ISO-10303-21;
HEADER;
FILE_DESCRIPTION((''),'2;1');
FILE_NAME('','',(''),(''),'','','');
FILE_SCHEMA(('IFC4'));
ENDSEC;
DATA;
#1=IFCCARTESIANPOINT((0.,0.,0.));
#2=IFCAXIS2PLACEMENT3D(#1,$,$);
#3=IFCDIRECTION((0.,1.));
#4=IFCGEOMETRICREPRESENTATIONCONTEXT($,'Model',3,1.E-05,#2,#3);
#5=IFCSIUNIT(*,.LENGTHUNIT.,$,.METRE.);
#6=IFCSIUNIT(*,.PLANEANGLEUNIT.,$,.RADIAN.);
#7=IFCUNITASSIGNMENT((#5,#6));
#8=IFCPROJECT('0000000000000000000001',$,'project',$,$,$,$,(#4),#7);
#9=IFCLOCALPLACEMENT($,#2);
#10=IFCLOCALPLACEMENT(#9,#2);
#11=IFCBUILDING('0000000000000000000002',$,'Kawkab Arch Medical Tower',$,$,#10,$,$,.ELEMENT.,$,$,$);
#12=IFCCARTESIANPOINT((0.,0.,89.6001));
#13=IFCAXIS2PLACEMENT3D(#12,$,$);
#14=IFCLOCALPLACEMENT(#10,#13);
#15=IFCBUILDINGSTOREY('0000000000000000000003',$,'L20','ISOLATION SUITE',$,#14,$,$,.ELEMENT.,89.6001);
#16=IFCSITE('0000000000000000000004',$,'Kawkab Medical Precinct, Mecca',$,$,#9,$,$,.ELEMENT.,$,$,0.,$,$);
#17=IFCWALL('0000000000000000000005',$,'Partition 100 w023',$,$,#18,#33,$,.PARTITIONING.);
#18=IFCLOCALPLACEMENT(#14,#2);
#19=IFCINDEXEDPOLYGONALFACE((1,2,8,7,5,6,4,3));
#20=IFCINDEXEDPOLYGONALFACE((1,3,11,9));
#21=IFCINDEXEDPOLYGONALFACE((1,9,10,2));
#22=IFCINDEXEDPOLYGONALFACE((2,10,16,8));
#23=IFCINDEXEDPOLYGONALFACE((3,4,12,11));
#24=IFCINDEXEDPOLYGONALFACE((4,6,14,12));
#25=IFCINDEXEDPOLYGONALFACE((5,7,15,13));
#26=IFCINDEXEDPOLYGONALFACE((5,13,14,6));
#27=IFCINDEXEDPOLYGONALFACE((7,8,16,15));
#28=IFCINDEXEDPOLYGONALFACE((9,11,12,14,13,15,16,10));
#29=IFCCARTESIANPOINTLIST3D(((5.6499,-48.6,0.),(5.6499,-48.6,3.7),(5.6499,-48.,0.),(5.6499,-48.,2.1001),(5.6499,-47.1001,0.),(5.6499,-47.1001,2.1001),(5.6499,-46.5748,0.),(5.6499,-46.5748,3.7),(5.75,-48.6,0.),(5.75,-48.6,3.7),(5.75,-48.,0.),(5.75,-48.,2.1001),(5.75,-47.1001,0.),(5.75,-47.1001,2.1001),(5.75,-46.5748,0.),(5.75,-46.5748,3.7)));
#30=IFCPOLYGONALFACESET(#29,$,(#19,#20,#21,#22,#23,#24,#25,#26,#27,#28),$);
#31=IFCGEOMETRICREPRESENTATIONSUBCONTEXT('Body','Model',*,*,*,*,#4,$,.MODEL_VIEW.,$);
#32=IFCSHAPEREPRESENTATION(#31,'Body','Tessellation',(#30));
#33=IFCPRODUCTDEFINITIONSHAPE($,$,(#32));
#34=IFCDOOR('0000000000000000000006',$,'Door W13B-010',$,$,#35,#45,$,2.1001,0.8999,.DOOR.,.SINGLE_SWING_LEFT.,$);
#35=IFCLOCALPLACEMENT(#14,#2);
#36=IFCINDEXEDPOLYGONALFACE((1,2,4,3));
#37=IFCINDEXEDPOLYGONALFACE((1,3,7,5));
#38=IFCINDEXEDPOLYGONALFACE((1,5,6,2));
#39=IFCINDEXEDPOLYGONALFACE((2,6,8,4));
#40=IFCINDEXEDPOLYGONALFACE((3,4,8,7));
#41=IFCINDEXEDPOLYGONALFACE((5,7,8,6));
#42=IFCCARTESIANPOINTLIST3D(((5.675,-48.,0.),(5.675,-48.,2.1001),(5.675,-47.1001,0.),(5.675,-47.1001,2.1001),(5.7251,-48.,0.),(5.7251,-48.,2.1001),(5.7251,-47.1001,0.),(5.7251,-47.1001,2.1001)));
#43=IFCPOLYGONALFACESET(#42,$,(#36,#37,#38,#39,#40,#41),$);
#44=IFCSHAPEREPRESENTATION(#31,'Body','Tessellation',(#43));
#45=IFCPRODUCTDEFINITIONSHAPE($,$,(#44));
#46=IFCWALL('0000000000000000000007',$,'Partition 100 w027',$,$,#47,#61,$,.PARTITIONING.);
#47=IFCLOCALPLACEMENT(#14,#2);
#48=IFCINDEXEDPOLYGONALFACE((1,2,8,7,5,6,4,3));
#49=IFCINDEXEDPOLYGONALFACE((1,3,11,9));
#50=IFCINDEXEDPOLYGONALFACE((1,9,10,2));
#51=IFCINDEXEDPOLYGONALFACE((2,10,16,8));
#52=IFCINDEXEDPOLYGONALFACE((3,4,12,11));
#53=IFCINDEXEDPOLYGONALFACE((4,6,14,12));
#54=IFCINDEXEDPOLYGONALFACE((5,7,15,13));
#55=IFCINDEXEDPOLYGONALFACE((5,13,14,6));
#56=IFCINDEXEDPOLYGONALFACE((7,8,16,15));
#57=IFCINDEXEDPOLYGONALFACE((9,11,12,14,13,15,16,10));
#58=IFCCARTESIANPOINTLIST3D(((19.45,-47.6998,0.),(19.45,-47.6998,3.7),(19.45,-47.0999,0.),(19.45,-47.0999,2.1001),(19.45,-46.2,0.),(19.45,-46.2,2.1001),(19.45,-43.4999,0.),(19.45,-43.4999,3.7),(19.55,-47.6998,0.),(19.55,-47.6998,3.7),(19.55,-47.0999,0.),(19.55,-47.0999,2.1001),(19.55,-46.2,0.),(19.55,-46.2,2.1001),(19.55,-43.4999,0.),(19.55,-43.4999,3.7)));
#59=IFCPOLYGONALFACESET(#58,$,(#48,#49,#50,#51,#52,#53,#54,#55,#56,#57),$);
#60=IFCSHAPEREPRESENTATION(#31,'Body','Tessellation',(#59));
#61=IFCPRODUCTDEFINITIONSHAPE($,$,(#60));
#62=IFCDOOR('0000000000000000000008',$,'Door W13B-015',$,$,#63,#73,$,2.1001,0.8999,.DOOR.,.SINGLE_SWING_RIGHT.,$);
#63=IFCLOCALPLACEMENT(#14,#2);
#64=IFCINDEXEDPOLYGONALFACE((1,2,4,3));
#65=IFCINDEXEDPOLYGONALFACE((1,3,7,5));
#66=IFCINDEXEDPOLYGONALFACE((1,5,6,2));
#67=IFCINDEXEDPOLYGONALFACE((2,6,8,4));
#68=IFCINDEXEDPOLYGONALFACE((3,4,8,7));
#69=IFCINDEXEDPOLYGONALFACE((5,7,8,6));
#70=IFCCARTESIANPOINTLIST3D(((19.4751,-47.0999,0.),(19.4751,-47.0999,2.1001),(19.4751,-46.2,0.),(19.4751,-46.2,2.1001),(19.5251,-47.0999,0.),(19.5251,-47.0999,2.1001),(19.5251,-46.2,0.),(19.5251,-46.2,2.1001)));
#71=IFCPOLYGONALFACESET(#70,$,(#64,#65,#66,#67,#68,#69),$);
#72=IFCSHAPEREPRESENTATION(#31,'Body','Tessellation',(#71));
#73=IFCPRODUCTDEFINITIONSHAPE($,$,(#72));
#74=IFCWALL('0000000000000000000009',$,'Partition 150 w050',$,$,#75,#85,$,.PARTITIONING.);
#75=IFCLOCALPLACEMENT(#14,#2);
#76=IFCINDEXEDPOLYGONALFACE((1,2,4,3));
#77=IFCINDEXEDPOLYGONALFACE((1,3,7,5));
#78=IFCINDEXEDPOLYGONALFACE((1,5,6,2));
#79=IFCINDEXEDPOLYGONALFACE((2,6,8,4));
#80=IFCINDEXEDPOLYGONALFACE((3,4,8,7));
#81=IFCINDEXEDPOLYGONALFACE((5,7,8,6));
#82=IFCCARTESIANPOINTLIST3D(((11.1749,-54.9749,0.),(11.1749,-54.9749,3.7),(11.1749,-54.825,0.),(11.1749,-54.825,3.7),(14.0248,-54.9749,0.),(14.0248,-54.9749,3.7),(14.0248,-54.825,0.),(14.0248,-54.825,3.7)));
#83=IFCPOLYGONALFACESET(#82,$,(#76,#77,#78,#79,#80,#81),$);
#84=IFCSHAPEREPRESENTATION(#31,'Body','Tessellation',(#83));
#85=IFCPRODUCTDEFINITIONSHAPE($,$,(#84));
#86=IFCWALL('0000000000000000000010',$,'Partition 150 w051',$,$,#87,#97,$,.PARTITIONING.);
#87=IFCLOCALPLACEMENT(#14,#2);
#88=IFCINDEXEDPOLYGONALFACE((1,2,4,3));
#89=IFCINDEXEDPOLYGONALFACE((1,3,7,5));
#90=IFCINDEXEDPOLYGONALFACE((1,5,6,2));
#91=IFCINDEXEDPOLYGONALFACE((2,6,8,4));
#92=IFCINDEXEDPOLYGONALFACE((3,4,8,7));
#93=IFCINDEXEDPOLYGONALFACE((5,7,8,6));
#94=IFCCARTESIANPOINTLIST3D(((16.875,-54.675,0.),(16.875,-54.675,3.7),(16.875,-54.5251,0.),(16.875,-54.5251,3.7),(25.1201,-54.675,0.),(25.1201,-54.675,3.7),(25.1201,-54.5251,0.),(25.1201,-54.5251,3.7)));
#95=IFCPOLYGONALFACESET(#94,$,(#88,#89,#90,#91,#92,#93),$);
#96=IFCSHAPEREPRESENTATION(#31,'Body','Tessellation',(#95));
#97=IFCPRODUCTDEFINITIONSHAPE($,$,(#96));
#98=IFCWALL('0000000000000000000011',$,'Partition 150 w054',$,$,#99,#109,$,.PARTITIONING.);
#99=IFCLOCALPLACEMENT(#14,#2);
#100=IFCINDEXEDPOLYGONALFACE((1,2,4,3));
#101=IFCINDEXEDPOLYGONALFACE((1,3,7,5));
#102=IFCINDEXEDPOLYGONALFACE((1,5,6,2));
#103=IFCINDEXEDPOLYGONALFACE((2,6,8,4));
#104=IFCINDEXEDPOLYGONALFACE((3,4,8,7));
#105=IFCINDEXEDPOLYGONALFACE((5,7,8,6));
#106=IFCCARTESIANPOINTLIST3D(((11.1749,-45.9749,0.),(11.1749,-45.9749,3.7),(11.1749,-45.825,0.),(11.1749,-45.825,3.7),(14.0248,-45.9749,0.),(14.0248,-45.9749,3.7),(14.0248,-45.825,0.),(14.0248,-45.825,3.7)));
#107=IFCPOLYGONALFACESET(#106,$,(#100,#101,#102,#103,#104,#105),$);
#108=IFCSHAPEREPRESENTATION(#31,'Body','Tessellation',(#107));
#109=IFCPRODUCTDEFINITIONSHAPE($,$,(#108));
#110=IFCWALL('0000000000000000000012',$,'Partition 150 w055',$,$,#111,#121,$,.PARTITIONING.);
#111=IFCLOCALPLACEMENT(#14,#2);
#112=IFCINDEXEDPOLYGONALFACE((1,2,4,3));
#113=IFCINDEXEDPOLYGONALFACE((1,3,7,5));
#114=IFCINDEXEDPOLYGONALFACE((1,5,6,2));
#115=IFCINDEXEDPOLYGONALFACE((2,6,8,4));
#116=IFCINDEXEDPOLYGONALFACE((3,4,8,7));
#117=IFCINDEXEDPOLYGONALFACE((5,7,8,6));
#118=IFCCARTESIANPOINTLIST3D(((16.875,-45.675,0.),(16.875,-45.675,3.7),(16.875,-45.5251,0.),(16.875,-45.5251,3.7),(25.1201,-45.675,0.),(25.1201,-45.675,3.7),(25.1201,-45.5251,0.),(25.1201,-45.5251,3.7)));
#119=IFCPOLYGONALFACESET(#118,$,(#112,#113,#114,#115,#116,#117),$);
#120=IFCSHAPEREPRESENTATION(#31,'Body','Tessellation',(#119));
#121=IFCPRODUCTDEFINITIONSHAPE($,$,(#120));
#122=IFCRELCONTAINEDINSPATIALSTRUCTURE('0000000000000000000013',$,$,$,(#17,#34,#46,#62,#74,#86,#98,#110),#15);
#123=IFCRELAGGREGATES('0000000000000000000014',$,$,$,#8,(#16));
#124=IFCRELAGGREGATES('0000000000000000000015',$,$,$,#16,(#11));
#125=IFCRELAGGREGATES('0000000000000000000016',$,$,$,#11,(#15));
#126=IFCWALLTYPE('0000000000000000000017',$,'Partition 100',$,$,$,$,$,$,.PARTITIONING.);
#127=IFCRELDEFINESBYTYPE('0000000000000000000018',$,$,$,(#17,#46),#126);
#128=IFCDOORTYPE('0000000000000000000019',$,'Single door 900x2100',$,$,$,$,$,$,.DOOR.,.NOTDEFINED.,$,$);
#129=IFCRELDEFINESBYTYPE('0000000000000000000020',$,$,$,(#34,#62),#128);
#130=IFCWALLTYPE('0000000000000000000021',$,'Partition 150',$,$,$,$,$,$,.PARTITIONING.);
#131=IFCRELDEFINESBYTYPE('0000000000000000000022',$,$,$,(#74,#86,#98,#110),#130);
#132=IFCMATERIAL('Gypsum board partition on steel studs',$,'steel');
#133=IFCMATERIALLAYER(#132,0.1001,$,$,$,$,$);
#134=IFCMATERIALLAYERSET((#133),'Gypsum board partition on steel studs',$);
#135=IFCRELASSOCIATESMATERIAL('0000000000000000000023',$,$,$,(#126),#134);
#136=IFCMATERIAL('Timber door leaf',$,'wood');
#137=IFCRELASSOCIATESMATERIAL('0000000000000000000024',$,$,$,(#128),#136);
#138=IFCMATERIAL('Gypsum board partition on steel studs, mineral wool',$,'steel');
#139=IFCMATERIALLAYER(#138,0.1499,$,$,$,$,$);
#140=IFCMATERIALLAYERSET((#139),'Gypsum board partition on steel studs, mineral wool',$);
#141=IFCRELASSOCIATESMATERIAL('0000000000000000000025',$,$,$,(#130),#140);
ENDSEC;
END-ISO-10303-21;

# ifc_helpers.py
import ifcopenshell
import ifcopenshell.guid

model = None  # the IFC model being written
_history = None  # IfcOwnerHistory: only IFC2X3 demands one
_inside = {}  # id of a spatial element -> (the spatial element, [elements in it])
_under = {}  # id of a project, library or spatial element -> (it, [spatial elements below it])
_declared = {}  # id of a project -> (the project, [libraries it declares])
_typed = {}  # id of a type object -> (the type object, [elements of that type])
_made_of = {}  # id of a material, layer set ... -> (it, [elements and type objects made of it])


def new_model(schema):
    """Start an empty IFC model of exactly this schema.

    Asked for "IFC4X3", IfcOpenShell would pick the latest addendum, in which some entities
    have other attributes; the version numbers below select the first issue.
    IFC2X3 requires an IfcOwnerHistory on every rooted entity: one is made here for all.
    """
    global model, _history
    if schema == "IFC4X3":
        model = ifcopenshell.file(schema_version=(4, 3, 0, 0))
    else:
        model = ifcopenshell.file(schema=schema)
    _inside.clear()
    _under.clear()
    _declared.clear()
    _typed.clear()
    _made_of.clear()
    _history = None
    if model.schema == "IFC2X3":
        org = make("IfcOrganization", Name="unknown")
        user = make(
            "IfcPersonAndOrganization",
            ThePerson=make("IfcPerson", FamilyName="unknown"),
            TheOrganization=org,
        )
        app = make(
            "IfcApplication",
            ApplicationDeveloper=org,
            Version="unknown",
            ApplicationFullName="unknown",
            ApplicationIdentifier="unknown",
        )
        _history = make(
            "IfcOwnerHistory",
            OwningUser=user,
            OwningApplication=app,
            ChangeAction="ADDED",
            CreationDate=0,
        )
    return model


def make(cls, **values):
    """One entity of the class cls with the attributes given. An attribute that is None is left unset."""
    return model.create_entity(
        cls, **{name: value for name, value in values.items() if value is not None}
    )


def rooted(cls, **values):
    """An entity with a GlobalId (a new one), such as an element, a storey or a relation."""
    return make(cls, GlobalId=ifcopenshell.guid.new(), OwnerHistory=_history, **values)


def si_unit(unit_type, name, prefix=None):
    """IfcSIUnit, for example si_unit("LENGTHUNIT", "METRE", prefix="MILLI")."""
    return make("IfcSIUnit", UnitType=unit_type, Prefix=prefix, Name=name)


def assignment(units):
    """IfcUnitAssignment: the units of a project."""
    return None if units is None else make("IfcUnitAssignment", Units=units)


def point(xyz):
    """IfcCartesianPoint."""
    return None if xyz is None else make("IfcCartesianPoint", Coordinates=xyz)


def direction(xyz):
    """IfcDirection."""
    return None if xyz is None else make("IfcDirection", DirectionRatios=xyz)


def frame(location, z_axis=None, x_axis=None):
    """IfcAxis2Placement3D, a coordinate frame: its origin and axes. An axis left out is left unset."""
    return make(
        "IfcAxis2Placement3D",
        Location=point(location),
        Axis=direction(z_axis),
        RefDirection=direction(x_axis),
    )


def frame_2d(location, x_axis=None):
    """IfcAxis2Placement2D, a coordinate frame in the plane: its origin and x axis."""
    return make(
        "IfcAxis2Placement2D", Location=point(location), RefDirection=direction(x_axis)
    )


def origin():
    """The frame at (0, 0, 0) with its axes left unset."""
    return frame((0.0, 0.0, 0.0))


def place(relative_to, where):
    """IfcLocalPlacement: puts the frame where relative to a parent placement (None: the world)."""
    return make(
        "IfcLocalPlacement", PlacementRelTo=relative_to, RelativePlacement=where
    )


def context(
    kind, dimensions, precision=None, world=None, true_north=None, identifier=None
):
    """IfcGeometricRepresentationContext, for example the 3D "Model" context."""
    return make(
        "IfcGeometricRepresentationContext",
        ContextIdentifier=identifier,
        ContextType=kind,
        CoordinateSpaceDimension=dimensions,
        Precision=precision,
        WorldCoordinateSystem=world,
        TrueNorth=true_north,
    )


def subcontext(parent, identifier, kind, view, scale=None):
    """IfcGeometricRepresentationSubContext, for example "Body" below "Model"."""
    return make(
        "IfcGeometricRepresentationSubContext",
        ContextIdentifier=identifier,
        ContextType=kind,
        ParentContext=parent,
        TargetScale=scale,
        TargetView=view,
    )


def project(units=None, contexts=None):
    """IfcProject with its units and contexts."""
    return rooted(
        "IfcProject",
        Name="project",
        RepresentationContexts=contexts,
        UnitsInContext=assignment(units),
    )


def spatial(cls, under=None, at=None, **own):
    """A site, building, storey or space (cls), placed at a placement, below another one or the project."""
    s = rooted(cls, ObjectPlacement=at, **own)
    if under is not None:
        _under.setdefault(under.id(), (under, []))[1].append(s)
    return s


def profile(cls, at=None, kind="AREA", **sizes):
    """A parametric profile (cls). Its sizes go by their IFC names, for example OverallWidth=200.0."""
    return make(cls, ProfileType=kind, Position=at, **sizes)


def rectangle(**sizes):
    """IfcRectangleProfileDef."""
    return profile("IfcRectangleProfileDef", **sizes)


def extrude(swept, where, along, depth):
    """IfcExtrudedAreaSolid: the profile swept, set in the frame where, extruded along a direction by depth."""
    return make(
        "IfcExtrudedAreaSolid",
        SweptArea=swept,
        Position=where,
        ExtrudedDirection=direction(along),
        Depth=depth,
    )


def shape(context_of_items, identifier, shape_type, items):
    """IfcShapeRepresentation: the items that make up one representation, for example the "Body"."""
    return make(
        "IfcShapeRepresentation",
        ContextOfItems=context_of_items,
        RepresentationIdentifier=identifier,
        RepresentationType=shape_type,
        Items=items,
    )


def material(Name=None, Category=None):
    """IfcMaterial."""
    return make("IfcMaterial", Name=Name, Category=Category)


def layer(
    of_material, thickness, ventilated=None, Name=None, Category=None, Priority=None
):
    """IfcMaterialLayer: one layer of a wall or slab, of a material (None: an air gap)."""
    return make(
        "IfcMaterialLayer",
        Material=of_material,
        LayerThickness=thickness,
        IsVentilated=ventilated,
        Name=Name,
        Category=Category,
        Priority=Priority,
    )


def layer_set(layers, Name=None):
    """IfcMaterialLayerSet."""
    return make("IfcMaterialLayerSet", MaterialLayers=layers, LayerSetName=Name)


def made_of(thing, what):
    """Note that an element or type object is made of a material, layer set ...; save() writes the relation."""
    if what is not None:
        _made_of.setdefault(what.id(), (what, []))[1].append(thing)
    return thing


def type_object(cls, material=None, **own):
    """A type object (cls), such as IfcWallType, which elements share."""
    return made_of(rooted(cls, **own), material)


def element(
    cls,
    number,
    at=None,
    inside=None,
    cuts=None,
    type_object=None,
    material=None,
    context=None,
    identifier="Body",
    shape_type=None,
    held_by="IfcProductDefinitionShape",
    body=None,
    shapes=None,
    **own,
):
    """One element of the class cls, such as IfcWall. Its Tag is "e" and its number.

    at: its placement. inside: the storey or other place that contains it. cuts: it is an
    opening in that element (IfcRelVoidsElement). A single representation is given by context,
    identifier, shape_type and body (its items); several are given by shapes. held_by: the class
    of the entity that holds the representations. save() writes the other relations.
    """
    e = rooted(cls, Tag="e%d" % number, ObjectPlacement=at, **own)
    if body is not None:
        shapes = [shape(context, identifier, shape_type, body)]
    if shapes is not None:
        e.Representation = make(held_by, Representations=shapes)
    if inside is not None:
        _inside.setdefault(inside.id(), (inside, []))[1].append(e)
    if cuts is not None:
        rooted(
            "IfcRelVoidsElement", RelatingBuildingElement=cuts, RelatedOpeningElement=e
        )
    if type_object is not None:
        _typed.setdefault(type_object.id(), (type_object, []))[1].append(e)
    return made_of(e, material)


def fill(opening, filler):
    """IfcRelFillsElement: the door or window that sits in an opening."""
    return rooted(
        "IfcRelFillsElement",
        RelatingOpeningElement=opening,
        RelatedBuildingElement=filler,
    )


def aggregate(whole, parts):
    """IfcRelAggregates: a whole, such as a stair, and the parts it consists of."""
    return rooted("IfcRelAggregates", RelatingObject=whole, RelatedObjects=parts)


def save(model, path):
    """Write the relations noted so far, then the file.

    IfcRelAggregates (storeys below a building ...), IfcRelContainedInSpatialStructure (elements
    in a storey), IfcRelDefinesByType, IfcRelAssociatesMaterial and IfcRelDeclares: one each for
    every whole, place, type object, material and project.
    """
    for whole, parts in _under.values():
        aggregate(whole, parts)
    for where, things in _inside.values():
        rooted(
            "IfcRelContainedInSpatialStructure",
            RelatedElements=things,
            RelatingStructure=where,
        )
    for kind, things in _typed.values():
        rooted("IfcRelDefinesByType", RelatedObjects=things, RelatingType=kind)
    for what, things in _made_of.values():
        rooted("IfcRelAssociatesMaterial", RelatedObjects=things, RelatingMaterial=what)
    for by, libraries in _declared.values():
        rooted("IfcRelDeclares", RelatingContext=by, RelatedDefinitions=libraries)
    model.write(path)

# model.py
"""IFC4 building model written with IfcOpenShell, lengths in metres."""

from ifc_helpers import new_model, si_unit, direction, frame, frame_2d, origin, place, context, subcontext, project, spatial, rectangle, extrude, material, layer, layer_set, type_object, element, fill, save


model = new_model("IFC4")

# Units and contexts
model_context = context("Model", 3, precision=1e-05, world=origin(), true_north=direction((0.0, 1.0)))
body_context = subcontext(model_context, "Body", "Model", "MODEL_VIEW")
ifc_project = project(units=[si_unit("LENGTHUNIT", "METRE"), si_unit("PLANEANGLEUNIT", "RADIAN")], contexts=[model_context])

# Site, building, storey
site_placement = place(None, origin())
site = spatial("IfcSite", under=ifc_project, at=site_placement, Name="Kawkab Medical Precinct, Mecca", CompositionType="ELEMENT", RefElevation=0.0)
building_placement = place(site_placement, origin())
building = spatial("IfcBuilding", under=site, at=building_placement, Name="Kawkab Arch Medical Tower", CompositionType="ELEMENT")
storey_placement = place(building_placement, frame((0.0, 0.0, 89.6001)))
storey = spatial("IfcBuildingStorey", under=building, at=storey_placement, Name="L20", Description="ISOLATION SUITE", CompositionType="ELEMENT", Elevation=89.6001)

# Shared definitions
ifc_material_1 = material(Name="Gypsum board partition on steel studs", Category="steel")
ifc_layer_1 = layer(ifc_material_1, 0.1001)
ifc_layer_set_1 = layer_set([ifc_layer_1], Name="Gypsum board partition on steel studs")
wall_type_1 = type_object("IfcWallType", Name="Partition 100", PredefinedType="PARTITIONING", material=ifc_layer_set_1)

# Walls, openings, doors
wall_1_placement = place(storey_placement, frame((5.7, -48.6001, 0.0), z_axis=(0.0, 0.0, 1.0), x_axis=(0.0, 1.0, 0.0)))
wall_1 = element("IfcWall", 1, at=wall_1_placement, inside=storey, type_object=wall_type_1, Name="Partition 100 w023", PredefinedType="PARTITIONING", context=body_context, shape_type="SweptSolid", body=[
    extrude(rectangle(XDim=2.0251, YDim=0.1001, at=frame_2d((1.0127, 0.0))), origin(), (0.0, 0.0, 1.0), 3.7),
])
opening_1_placement = place(wall_1_placement, frame((0.6001, 0.0, 0.0)))
opening_1 = element("IfcOpeningElement", 2, at=opening_1_placement, cuts=wall_1, PredefinedType="OPENING", context=body_context, shape_type="SweptSolid", body=[
    extrude(rectangle(XDim=0.8999, YDim=2.1001, at=frame_2d((0.45, 1.05))), frame((0.0, 0.0601, 0.0), z_axis=(0.0, -1.0, 0.0), x_axis=(1.0, 0.0, 0.0)), (0.0, 0.0, 1.0), 0.1201),
])
ifc_material_2 = material(Name="Timber door leaf", Category="wood")
door_type_1 = type_object("IfcDoorType", Name="Single door 900x2100", OperationType="NOTDEFINED", PredefinedType="DOOR", material=ifc_material_2)
door_1_placement = place(opening_1_placement, origin())
door_1 = element("IfcDoor", 3, at=door_1_placement, inside=storey, type_object=door_type_1, Name="Door W13B-010", OperationType="SINGLE_SWING_LEFT", OverallHeight=2.1001, OverallWidth=0.8999, PredefinedType="DOOR", context=body_context, shape_type="SweptSolid", body=[
    extrude(rectangle(XDim=0.8999, YDim=2.1001, at=frame_2d((0.45, 1.05))), frame((0.0, 0.0249, 0.0), z_axis=(0.0, -1.0, 0.0), x_axis=(1.0, 0.0, 0.0)), (0.0, 0.0, 1.0), 0.05),
])
fill(opening_1, door_1)
wall_2_placement = place(storey_placement, frame((19.5, -47.7, 0.0), z_axis=(0.0, 0.0, 1.0), x_axis=(0.0, 1.0, 0.0)))
wall_2 = element("IfcWall", 4, at=wall_2_placement, inside=storey, type_object=wall_type_1, Name="Partition 100 w027", PredefinedType="PARTITIONING", context=body_context, shape_type="SweptSolid", body=[
    extrude(rectangle(XDim=4.2, YDim=0.1001, at=frame_2d((2.1001, 0.0))), origin(), (0.0, 0.0, 1.0), 3.7),
])
opening_2_placement = place(wall_2_placement, frame((0.6001, 0.0, 0.0)))
opening_2 = element("IfcOpeningElement", 5, at=opening_2_placement, cuts=wall_2, PredefinedType="OPENING", context=body_context, shape_type="SweptSolid", body=[
    extrude(rectangle(XDim=0.8999, YDim=2.1001, at=frame_2d((0.45, 1.05))), frame((0.0, 0.0601, 0.0), z_axis=(0.0, -1.0, 0.0), x_axis=(1.0, 0.0, 0.0)), (0.0, 0.0, 1.0), 0.1201),
])
door_2_placement = place(opening_2_placement, origin())
door_2 = element("IfcDoor", 6, at=door_2_placement, inside=storey, type_object=door_type_1, Name="Door W13B-015", OperationType="SINGLE_SWING_RIGHT", OverallHeight=2.1001, OverallWidth=0.8999, PredefinedType="DOOR", context=body_context, shape_type="SweptSolid", body=[
    extrude(rectangle(XDim=0.8999, YDim=2.1001, at=frame_2d((0.45, 1.05))), frame((0.0, 0.0249, 0.0), z_axis=(0.0, -1.0, 0.0), x_axis=(1.0, 0.0, 0.0)), (0.0, 0.0, 1.0), 0.05),
])
fill(opening_2, door_2)

# Walls
ifc_material_3 = material(Name="Gypsum board partition on steel studs, mineral wool", Category="steel")
ifc_layer_2 = layer(ifc_material_3, 0.1499)
ifc_layer_set_2 = layer_set([ifc_layer_2], Name="Gypsum board partition on steel studs, mineral wool")
wall_type_2 = type_object("IfcWallType", Name="Partition 150", PredefinedType="PARTITIONING", material=ifc_layer_set_2)
wall_3_placement = place(storey_placement, frame((11.175, -54.8999, 0.0), z_axis=(0.0, 0.0, 1.0), x_axis=(1.0, 0.0, 0.0)))
element("IfcWall", 7, at=wall_3_placement, inside=storey, type_object=wall_type_2, Name="Partition 150 w050", PredefinedType="PARTITIONING", context=body_context, shape_type="SweptSolid", body=[
    extrude(rectangle(XDim=2.8499, YDim=0.1499, at=frame_2d((1.4248, 0.0))), origin(), (0.0, 0.0, 1.0), 3.7),
])
wall_4_placement = place(storey_placement, frame((16.875, -54.6001, 0.0), z_axis=(0.0, 0.0, 1.0), x_axis=(1.0, 0.0, 0.0)))
element("IfcWall", 8, at=wall_4_placement, inside=storey, type_object=wall_type_2, Name="Partition 150 w051", PredefinedType="PARTITIONING", context=body_context, shape_type="SweptSolid", body=[
    extrude(rectangle(XDim=8.2451, YDim=0.1499, at=frame_2d((4.1226, 0.0))), origin(), (0.0, 0.0, 1.0), 3.7),
])
wall_5_placement = place(storey_placement, frame((11.175, -45.8999, 0.0), z_axis=(0.0, 0.0, 1.0), x_axis=(1.0, 0.0, 0.0)))
element("IfcWall", 9, at=wall_5_placement, inside=storey, type_object=wall_type_2, Name="Partition 150 w054", PredefinedType="PARTITIONING", context=body_context, shape_type="SweptSolid", body=[
    extrude(rectangle(XDim=2.8499, YDim=0.1499, at=frame_2d((1.4248, 0.0))), origin(), (0.0, 0.0, 1.0), 3.7),
])
wall_6_placement = place(storey_placement, frame((16.875, -45.6001, 0.0), z_axis=(0.0, 0.0, 1.0), x_axis=(1.0, 0.0, 0.0)))
element("IfcWall", 10, at=wall_6_placement, inside=storey, type_object=wall_type_2, Name="Partition 150 w055", PredefinedType="PARTITIONING", context=body_context, shape_type="SweptSolid", body=[
    extrude(rectangle(XDim=8.2451, YDim=0.1499, at=frame_2d((4.1226, 0.0))), origin(), (0.0, 0.0, 1.0), 3.7),
])

save(model, "model.ifc")
